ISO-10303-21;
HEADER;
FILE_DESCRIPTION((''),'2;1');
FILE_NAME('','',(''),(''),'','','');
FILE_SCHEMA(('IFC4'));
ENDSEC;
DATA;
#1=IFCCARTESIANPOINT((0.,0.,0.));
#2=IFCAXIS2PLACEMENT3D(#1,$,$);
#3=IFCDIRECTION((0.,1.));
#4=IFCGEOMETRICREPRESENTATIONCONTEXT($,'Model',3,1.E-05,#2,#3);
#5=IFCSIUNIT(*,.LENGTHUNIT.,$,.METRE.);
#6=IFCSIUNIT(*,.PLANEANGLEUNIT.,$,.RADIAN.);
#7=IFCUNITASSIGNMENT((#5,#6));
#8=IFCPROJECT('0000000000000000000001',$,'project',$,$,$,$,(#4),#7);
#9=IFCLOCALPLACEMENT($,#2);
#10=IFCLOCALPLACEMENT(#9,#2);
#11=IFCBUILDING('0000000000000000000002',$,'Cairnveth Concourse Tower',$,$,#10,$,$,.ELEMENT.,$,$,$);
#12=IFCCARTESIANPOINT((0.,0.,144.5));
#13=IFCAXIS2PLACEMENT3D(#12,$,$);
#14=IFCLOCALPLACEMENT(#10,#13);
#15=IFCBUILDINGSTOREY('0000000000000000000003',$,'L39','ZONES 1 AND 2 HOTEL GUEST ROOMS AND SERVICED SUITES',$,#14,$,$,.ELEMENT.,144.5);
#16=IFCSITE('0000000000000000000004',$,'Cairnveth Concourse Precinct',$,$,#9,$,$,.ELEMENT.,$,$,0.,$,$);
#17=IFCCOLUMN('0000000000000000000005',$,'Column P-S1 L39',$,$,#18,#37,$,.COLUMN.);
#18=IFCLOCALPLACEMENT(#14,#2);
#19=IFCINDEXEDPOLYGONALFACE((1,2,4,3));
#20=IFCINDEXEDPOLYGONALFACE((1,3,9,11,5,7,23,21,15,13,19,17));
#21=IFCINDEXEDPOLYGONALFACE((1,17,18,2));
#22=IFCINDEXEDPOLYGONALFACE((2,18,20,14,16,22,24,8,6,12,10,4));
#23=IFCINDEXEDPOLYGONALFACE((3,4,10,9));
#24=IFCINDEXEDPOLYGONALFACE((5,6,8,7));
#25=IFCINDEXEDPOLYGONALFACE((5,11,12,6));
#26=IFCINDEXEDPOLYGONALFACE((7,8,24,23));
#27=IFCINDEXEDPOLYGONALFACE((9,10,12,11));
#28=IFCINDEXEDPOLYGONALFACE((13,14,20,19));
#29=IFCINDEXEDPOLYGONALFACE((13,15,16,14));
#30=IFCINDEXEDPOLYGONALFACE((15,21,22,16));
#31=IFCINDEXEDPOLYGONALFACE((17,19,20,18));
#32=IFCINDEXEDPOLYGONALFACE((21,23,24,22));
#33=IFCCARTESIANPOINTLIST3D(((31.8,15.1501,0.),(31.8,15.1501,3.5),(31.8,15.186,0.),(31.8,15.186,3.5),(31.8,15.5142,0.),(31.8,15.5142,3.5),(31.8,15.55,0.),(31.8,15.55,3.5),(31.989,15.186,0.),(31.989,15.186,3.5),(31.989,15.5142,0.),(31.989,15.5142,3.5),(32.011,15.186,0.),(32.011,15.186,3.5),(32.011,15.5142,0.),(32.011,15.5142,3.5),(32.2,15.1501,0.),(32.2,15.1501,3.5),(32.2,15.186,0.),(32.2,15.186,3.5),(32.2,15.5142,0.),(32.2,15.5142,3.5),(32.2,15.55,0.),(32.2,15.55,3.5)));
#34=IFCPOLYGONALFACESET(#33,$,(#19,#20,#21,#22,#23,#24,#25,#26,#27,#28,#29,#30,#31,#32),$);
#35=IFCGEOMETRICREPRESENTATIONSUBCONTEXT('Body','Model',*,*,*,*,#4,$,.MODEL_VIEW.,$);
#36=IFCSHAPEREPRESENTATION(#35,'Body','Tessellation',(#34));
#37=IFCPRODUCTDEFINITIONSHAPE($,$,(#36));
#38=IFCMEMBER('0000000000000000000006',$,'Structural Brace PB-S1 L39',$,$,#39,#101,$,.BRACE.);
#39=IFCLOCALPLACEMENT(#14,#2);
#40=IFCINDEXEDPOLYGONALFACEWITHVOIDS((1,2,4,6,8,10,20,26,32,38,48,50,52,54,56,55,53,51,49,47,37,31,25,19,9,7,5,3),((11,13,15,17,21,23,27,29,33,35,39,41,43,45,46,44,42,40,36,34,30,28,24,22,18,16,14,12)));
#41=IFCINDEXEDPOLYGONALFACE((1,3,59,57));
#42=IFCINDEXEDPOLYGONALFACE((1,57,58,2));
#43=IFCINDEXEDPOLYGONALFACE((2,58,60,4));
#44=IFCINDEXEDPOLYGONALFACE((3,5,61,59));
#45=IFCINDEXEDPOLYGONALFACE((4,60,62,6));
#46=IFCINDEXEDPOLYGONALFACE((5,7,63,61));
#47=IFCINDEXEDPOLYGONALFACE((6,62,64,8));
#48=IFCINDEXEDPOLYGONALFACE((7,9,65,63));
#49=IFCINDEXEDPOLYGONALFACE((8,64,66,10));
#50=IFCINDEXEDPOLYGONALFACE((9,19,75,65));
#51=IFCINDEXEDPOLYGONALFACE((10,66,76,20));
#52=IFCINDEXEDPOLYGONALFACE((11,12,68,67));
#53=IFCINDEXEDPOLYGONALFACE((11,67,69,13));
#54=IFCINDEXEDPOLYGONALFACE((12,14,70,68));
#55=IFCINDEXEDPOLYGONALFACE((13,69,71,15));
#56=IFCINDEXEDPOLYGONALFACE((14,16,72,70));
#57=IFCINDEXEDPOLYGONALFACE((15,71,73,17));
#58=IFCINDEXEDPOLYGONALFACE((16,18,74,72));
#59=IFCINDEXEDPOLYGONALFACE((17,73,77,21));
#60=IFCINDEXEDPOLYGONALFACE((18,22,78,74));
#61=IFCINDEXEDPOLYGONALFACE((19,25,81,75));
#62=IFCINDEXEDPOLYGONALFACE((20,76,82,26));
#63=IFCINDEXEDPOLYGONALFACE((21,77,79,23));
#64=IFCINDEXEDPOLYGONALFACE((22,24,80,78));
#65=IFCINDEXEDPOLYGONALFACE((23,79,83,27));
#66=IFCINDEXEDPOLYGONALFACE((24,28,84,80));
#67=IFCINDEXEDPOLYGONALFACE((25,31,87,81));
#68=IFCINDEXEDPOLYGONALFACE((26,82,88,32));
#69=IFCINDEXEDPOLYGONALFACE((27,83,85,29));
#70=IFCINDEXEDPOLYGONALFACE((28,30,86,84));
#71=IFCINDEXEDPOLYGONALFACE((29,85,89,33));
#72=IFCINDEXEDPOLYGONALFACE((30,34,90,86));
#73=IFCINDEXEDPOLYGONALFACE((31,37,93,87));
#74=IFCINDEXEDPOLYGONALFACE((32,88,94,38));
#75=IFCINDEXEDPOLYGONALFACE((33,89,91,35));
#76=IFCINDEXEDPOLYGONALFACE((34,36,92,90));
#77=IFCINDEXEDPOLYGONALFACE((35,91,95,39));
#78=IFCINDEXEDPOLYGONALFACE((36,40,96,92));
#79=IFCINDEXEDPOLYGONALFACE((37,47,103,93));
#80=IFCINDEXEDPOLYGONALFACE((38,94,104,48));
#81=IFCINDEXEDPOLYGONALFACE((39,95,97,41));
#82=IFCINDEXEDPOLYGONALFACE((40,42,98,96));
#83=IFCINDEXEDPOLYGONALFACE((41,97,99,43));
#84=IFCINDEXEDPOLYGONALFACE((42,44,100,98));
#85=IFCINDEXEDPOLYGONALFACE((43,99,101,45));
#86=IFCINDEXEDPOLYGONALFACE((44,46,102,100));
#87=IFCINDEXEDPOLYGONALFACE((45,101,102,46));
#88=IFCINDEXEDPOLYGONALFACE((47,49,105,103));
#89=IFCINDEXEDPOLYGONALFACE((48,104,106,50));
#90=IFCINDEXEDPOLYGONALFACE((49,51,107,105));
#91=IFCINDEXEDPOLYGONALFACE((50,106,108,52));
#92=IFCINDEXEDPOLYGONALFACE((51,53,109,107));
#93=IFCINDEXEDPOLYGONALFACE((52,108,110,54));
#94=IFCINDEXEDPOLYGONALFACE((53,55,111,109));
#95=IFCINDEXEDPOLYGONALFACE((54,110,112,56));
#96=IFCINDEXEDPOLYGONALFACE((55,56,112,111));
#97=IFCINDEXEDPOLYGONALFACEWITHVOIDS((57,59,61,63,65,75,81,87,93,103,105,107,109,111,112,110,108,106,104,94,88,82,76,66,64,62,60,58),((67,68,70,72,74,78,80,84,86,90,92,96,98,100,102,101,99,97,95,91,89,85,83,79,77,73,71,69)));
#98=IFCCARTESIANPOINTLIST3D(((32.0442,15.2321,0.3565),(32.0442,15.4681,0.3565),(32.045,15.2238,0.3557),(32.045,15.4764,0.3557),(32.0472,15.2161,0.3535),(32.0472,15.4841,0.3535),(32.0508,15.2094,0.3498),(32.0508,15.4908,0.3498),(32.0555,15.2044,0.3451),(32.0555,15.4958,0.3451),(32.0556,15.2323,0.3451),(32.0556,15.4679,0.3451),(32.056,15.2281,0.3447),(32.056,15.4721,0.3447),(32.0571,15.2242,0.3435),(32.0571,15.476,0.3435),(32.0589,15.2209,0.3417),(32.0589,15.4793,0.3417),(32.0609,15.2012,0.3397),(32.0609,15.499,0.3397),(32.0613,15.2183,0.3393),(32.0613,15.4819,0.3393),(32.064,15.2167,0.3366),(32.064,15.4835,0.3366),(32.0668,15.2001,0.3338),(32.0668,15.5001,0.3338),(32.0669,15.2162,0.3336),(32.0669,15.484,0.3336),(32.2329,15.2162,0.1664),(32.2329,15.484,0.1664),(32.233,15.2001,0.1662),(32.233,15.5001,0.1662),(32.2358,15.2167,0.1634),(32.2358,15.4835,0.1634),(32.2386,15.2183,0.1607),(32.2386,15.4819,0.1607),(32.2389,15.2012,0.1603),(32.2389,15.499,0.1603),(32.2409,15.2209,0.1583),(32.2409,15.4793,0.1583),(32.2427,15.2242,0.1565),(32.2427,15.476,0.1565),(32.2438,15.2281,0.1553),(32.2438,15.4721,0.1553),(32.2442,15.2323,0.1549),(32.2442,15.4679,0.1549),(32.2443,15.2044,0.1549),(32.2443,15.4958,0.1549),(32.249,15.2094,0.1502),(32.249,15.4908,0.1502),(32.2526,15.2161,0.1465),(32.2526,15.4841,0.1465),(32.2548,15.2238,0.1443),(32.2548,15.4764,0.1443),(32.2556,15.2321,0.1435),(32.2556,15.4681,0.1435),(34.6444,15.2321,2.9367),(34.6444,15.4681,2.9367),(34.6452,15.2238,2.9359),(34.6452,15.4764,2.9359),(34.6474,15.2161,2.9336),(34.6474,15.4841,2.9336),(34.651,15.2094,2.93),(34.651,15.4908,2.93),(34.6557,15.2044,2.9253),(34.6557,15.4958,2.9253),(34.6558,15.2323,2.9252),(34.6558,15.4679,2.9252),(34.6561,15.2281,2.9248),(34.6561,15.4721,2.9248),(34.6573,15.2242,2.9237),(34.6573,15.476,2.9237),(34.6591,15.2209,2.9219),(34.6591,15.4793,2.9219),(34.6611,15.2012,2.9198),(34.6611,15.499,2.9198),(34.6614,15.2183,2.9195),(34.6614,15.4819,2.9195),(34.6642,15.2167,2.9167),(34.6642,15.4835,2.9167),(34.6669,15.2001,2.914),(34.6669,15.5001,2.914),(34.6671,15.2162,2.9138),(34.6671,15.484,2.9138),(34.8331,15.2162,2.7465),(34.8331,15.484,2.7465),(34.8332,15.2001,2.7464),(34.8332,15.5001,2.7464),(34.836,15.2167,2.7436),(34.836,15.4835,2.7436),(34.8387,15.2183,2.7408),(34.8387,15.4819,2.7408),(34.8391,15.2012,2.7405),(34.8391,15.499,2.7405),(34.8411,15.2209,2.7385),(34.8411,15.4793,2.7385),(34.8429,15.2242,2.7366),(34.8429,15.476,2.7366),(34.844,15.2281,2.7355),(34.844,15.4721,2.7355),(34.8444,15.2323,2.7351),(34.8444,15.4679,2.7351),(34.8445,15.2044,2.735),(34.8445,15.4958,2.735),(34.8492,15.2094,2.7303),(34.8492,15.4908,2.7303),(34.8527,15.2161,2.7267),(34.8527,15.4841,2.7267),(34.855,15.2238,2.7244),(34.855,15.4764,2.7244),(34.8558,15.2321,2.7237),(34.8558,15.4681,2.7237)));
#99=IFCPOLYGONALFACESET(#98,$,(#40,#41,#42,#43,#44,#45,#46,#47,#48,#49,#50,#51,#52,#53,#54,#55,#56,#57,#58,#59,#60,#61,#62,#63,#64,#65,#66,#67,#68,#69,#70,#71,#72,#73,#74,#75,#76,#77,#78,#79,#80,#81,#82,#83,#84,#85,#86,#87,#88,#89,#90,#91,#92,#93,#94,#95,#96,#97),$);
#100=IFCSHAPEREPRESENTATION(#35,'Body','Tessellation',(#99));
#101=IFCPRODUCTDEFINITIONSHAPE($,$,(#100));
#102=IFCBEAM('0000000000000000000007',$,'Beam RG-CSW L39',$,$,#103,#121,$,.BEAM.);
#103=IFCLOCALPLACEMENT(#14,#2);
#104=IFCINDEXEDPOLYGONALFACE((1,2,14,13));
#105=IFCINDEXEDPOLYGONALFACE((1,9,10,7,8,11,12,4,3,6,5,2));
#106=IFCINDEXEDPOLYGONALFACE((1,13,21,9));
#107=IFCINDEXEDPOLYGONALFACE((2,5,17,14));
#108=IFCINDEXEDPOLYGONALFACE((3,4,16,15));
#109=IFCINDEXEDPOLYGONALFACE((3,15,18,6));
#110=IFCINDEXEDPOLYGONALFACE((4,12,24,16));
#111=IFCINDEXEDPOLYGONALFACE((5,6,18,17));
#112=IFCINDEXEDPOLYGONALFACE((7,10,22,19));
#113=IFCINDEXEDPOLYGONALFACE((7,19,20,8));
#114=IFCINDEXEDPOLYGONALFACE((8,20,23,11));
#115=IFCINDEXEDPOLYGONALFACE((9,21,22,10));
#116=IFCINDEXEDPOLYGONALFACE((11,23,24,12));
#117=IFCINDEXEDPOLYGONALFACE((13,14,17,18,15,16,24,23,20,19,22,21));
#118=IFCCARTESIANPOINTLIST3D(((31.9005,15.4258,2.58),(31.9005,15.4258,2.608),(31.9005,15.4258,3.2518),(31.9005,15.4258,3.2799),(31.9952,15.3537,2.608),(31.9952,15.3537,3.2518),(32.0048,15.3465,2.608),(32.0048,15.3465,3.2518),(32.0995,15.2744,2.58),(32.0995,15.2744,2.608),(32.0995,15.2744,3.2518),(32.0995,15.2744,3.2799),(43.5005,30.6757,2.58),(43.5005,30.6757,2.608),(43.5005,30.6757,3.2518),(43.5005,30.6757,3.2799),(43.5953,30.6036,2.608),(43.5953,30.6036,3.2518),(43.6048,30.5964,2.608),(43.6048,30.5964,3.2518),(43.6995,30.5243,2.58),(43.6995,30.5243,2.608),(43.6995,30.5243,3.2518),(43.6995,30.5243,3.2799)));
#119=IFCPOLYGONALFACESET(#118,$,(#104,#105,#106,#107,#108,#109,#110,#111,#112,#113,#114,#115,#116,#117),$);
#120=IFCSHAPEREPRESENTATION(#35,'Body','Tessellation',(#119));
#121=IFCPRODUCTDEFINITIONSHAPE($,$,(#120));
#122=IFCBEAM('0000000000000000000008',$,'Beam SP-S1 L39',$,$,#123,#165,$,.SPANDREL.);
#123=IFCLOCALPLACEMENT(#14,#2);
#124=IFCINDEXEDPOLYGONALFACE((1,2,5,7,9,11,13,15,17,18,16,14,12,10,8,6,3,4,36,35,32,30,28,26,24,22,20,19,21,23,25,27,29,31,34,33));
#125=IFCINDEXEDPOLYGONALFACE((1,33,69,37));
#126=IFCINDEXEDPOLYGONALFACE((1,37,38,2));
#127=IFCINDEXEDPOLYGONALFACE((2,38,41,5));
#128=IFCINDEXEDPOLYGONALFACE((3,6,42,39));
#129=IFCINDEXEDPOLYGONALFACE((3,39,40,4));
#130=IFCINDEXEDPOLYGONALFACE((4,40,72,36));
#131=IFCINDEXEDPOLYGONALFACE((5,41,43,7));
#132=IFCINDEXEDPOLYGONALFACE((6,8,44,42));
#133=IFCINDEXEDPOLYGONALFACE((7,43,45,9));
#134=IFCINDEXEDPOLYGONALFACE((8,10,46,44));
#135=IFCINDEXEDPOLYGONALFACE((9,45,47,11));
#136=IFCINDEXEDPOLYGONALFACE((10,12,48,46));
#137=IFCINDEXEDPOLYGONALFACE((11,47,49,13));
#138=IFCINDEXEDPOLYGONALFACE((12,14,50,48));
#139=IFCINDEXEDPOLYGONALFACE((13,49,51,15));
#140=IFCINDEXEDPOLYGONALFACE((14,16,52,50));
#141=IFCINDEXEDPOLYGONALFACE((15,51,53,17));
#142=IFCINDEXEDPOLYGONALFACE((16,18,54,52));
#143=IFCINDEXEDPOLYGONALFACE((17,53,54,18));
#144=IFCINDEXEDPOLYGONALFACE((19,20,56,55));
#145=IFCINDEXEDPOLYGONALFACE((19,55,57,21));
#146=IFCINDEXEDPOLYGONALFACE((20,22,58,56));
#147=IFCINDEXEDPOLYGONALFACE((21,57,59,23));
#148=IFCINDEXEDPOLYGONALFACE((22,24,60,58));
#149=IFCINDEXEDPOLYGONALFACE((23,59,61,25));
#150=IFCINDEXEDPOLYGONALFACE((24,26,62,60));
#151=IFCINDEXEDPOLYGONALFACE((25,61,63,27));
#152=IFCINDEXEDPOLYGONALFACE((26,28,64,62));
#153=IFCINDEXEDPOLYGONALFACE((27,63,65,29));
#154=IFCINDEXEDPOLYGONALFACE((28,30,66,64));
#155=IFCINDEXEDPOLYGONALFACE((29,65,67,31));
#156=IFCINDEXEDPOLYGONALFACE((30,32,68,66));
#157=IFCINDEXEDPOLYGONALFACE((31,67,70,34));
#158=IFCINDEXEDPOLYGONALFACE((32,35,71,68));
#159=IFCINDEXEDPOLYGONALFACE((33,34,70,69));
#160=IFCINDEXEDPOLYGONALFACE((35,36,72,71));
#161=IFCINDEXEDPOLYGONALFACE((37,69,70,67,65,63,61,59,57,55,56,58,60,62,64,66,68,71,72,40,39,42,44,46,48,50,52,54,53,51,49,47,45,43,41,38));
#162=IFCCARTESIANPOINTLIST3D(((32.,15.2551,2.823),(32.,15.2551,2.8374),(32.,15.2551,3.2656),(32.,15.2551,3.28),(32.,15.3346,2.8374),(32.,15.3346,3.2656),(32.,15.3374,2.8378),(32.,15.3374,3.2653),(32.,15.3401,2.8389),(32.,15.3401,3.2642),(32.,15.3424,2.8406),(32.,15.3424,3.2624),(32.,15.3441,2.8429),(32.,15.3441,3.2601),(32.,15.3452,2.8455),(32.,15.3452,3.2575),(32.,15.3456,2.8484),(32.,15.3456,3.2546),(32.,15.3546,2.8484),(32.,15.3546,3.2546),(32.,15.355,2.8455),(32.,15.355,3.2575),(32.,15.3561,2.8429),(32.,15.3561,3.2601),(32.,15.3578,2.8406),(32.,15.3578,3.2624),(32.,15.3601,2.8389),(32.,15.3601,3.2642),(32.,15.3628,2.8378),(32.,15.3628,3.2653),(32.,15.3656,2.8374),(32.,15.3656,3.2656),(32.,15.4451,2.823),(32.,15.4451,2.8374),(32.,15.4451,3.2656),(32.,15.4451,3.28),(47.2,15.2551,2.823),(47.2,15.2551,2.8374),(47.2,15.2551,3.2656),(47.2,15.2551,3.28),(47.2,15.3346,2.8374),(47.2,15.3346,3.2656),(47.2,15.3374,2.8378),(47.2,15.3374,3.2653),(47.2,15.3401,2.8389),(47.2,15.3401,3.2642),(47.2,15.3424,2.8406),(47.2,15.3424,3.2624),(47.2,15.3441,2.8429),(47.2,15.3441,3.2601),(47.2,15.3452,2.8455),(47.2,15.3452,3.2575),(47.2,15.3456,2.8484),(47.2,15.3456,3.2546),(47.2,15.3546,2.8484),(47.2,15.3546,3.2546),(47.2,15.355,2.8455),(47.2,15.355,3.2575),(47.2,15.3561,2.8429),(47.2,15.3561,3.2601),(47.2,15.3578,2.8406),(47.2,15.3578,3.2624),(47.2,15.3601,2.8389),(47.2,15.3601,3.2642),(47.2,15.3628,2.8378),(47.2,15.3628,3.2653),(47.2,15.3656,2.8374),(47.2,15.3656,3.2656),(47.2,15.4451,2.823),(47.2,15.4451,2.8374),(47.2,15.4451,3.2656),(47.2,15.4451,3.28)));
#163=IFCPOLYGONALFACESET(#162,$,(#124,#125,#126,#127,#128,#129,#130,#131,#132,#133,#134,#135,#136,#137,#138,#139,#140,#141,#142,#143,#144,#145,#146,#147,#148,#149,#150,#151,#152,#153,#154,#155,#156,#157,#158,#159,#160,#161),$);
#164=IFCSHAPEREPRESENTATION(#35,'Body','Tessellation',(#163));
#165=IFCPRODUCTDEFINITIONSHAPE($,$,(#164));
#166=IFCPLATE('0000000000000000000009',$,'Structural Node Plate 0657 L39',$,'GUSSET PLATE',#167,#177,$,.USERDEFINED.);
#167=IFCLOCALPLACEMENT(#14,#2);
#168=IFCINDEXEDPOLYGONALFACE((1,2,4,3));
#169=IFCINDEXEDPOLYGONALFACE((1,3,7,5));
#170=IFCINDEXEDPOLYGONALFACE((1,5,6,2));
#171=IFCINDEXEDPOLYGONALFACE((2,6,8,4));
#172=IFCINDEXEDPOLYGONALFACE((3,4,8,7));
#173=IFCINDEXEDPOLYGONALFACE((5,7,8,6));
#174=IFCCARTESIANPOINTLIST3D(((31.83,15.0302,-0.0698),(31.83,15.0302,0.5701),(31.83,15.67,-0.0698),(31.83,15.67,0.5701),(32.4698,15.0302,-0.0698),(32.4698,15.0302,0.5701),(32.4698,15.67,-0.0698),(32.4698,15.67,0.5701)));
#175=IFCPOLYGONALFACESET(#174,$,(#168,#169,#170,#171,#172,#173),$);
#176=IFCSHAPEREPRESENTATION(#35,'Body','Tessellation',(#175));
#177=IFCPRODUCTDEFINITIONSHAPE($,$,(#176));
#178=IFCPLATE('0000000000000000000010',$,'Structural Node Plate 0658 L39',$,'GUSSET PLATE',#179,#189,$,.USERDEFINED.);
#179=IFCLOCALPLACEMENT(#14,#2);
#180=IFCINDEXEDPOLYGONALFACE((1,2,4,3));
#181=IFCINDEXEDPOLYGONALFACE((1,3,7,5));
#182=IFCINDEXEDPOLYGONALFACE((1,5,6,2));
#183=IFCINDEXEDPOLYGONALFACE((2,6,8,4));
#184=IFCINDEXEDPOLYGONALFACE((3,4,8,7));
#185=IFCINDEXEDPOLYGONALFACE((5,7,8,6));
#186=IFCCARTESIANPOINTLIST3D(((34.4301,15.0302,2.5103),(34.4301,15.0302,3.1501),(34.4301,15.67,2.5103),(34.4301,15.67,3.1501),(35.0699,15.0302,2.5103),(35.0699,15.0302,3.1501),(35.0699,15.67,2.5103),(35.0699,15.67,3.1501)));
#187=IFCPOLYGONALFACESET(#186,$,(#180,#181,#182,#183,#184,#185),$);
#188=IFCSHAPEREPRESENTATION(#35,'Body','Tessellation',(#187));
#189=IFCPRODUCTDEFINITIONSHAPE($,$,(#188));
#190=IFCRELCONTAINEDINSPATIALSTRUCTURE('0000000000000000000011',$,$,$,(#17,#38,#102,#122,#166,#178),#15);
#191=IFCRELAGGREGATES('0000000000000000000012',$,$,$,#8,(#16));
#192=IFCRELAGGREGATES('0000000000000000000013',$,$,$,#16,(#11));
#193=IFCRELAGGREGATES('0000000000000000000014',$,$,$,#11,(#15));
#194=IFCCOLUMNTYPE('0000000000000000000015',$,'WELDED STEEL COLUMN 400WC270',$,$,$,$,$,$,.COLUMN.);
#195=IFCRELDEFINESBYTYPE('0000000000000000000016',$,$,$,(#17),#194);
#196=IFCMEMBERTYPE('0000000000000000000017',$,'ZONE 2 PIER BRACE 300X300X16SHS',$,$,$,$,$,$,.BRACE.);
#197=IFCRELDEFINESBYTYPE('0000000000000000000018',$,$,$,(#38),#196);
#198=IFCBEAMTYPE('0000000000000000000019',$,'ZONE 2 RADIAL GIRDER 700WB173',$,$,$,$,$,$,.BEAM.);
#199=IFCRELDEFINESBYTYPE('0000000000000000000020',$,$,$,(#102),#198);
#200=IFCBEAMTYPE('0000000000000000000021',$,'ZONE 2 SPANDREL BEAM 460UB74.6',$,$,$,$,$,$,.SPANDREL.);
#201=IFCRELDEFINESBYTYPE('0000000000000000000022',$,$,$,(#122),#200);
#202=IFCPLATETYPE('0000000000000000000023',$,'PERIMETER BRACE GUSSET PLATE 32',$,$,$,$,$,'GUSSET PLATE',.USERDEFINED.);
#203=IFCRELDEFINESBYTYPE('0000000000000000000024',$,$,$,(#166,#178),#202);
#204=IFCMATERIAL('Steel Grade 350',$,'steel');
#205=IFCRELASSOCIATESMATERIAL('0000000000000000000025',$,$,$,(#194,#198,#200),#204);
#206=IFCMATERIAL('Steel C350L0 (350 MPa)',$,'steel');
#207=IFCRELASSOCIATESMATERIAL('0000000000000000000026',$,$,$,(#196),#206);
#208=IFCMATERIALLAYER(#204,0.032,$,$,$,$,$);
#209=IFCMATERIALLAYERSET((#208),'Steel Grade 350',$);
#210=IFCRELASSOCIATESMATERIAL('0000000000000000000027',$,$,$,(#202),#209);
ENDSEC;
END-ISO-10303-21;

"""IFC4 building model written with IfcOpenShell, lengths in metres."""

from ifc_helpers import new_model, si_unit, direction, frame, origin, origin_2d, place, context, subcontext, project, spatial, rectangle, hollow_rectangle, i_section, extrude, material, layer, layer_set, material_profile, profile_set, type_object, element, save


model = new_model("IFC4")

# Units and contexts
model_context = context("Model", 3, precision=1e-05, world=origin(), true_north=direction((0.0, 1.0)))
body_context = subcontext(model_context, "Body", "Model", "MODEL_VIEW")
ifc_project = project(units=[si_unit("LENGTHUNIT", "METRE"), si_unit("PLANEANGLEUNIT", "RADIAN")], contexts=[model_context])

# Site, building, storey
site_placement = place(None, origin())
site = spatial("IfcSite", under=ifc_project, at=site_placement, Name="Cairnveth Concourse Precinct", CompositionType="ELEMENT", RefElevation=0.0)
building_placement = place(site_placement, origin())
building = spatial("IfcBuilding", under=site, at=building_placement, Name="Cairnveth Concourse Tower", CompositionType="ELEMENT")
storey_placement = place(building_placement, frame((0.0, 0.0, 144.5)))
storey = spatial("IfcBuildingStorey", under=building, at=storey_placement, Name="L39", Description="ZONES 1 AND 2 HOTEL GUEST ROOMS AND SERVICED SUITES", CompositionType="ELEMENT", Elevation=144.5)

# Column
ifc_material_1 = material(Name="Steel Grade 350", Category="steel")
ifc_material_profile_1 = material_profile(ifc_material_1, i_section(OverallWidth=0.3999, OverallDepth=0.3999, WebThickness=0.022, FlangeThickness=0.0359, at=origin_2d()), Name="400WC270")
ifc_profile_set_1 = profile_set([ifc_material_profile_1], Name="Steel Grade 350")
column_type = type_object("IfcColumnType", Name="WELDED STEEL COLUMN 400WC270", PredefinedType="COLUMN", material=ifc_profile_set_1)
column_placement = place(storey_placement, frame((32.0, 15.3501, 0.0), z_axis=(0.0, 0.0, 1.0), x_axis=(1.0, 0.0, 0.0)))
element("IfcColumn", 1, at=column_placement, inside=storey, type_object=column_type, Name="Column P-S1 L39", PredefinedType="COLUMN", context=body_context, shape_type="SweptSolid", body=[
    extrude(i_section(OverallWidth=0.3999, OverallDepth=0.3999, WebThickness=0.022, FlangeThickness=0.0359, at=origin_2d()), origin(), (0.0, 0.0, 1.0), 3.5),
])

# Member
ifc_material_2 = material(Name="Steel C350L0 (350 MPa)", Category="steel")
ifc_material_profile_2 = material_profile(ifc_material_2, hollow_rectangle(XDim=0.3, YDim=0.3, WallThickness=0.0161, InnerFilletRadius=0.0161, OuterFilletRadius=0.032, at=origin_2d()), Name="300x300x16.0SHS")
ifc_profile_set_2 = profile_set([ifc_material_profile_2], Name="Steel C350L0 (350 MPa)")
member_type = type_object("IfcMemberType", Name="ZONE 2 PIER BRACE 300X300X16SHS", PredefinedType="BRACE", material=ifc_profile_set_2)
member_placement = place(storey_placement, frame((32.1499, 15.3501, 0.25), z_axis=(0.709834, 0.0, 0.704369), x_axis=(0.0, 1.0, 0.0)))
element("IfcMember", 2, at=member_placement, inside=storey, type_object=member_type, Name="Structural Brace PB-S1 L39", PredefinedType="BRACE", context=body_context, shape_type="SweptSolid", body=[
    extrude(hollow_rectangle(XDim=0.3, YDim=0.3, WallThickness=0.0161, InnerFilletRadius=0.0161, OuterFilletRadius=0.032, at=origin_2d()), origin(), (0.0, 0.0, 1.0), 3.6631),
])

# Beams
ifc_material_profile_3 = material_profile(ifc_material_1, i_section(OverallWidth=0.25, OverallDepth=0.7, WebThickness=0.012, FlangeThickness=0.0281, at=origin_2d()), Name="700WB173")
ifc_profile_set_3 = profile_set([ifc_material_profile_3], Name="Steel Grade 350")
beam_type_1 = type_object("IfcBeamType", Name="ZONE 2 RADIAL GIRDER 700WB173", PredefinedType="BEAM", material=ifc_profile_set_3)
beam_1_placement = place(storey_placement, frame((32.0, 15.3501, 2.9299), z_axis=(0.605417, 0.795908, 0.0), x_axis=(-0.795908, 0.605417, 0.0)))
element("IfcBeam", 3, at=beam_1_placement, inside=storey, type_object=beam_type_1, Name="Beam RG-CSW L39", PredefinedType="BEAM", context=body_context, shape_type="SweptSolid", body=[
    extrude(i_section(OverallWidth=0.25, OverallDepth=0.7, WebThickness=0.012, FlangeThickness=0.0281, at=origin_2d()), origin(), (0.0, 0.0, 1.0), 19.1604),
])
ifc_material_profile_4 = material_profile(ifc_material_1, i_section(OverallWidth=0.1899, OverallDepth=0.457, WebThickness=0.009, FlangeThickness=0.0144, FilletRadius=0.011, at=origin_2d()), Name="460UB74.6")
ifc_profile_set_4 = profile_set([ifc_material_profile_4], Name="Steel Grade 350")
beam_type_2 = type_object("IfcBeamType", Name="ZONE 2 SPANDREL BEAM 460UB74.6", PredefinedType="SPANDREL", material=ifc_profile_set_4)
beam_2_placement = place(storey_placement, frame((32.0, 15.3501, 3.0515), z_axis=(1.0, 0.0, 0.0), x_axis=(0.0, 1.0, 0.0)))
element("IfcBeam", 4, at=beam_2_placement, inside=storey, type_object=beam_type_2, Name="Beam SP-S1 L39", PredefinedType="SPANDREL", context=body_context, shape_type="SweptSolid", body=[
    extrude(i_section(OverallWidth=0.1899, OverallDepth=0.457, WebThickness=0.009, FlangeThickness=0.0144, FilletRadius=0.011, at=origin_2d()), origin(), (0.0, 0.0, 1.0), 15.2),
])

# Plates
ifc_layer_1 = layer(ifc_material_1, 0.032)
ifc_layer_set_1 = layer_set([ifc_layer_1], Name="Steel Grade 350")
plate_type = type_object("IfcPlateType", Name="PERIMETER BRACE GUSSET PLATE 32", ElementType="GUSSET PLATE", PredefinedType="USERDEFINED", material=ifc_layer_set_1)
for number, where, z_axis, x_axis, name in (
    (5, (32.1499, 15.3501, -0.0698), (0.0, 0.0, 1.0), (1.0, 0.0, 0.0), "Structural Node Plate 0657 L39"),
    (6, (34.75, 15.3501, 2.5103), (0.0, 0.0, 1.0), (1.0, 0.0, 0.0), "Structural Node Plate 0658 L39"),
):
    element("IfcPlate", number, at=place(storey_placement, frame(where, z_axis=z_axis, x_axis=x_axis)), inside=storey, type_object=plate_type, Name=name, ObjectType="GUSSET PLATE", PredefinedType="USERDEFINED", context=body_context, shape_type="SweptSolid", body=[
        extrude(rectangle(XDim=0.6399, YDim=0.6399, at=origin_2d()), origin(), (0.0, 0.0, 1.0), 0.6399),
    ])

save(model, "model.ifc")
